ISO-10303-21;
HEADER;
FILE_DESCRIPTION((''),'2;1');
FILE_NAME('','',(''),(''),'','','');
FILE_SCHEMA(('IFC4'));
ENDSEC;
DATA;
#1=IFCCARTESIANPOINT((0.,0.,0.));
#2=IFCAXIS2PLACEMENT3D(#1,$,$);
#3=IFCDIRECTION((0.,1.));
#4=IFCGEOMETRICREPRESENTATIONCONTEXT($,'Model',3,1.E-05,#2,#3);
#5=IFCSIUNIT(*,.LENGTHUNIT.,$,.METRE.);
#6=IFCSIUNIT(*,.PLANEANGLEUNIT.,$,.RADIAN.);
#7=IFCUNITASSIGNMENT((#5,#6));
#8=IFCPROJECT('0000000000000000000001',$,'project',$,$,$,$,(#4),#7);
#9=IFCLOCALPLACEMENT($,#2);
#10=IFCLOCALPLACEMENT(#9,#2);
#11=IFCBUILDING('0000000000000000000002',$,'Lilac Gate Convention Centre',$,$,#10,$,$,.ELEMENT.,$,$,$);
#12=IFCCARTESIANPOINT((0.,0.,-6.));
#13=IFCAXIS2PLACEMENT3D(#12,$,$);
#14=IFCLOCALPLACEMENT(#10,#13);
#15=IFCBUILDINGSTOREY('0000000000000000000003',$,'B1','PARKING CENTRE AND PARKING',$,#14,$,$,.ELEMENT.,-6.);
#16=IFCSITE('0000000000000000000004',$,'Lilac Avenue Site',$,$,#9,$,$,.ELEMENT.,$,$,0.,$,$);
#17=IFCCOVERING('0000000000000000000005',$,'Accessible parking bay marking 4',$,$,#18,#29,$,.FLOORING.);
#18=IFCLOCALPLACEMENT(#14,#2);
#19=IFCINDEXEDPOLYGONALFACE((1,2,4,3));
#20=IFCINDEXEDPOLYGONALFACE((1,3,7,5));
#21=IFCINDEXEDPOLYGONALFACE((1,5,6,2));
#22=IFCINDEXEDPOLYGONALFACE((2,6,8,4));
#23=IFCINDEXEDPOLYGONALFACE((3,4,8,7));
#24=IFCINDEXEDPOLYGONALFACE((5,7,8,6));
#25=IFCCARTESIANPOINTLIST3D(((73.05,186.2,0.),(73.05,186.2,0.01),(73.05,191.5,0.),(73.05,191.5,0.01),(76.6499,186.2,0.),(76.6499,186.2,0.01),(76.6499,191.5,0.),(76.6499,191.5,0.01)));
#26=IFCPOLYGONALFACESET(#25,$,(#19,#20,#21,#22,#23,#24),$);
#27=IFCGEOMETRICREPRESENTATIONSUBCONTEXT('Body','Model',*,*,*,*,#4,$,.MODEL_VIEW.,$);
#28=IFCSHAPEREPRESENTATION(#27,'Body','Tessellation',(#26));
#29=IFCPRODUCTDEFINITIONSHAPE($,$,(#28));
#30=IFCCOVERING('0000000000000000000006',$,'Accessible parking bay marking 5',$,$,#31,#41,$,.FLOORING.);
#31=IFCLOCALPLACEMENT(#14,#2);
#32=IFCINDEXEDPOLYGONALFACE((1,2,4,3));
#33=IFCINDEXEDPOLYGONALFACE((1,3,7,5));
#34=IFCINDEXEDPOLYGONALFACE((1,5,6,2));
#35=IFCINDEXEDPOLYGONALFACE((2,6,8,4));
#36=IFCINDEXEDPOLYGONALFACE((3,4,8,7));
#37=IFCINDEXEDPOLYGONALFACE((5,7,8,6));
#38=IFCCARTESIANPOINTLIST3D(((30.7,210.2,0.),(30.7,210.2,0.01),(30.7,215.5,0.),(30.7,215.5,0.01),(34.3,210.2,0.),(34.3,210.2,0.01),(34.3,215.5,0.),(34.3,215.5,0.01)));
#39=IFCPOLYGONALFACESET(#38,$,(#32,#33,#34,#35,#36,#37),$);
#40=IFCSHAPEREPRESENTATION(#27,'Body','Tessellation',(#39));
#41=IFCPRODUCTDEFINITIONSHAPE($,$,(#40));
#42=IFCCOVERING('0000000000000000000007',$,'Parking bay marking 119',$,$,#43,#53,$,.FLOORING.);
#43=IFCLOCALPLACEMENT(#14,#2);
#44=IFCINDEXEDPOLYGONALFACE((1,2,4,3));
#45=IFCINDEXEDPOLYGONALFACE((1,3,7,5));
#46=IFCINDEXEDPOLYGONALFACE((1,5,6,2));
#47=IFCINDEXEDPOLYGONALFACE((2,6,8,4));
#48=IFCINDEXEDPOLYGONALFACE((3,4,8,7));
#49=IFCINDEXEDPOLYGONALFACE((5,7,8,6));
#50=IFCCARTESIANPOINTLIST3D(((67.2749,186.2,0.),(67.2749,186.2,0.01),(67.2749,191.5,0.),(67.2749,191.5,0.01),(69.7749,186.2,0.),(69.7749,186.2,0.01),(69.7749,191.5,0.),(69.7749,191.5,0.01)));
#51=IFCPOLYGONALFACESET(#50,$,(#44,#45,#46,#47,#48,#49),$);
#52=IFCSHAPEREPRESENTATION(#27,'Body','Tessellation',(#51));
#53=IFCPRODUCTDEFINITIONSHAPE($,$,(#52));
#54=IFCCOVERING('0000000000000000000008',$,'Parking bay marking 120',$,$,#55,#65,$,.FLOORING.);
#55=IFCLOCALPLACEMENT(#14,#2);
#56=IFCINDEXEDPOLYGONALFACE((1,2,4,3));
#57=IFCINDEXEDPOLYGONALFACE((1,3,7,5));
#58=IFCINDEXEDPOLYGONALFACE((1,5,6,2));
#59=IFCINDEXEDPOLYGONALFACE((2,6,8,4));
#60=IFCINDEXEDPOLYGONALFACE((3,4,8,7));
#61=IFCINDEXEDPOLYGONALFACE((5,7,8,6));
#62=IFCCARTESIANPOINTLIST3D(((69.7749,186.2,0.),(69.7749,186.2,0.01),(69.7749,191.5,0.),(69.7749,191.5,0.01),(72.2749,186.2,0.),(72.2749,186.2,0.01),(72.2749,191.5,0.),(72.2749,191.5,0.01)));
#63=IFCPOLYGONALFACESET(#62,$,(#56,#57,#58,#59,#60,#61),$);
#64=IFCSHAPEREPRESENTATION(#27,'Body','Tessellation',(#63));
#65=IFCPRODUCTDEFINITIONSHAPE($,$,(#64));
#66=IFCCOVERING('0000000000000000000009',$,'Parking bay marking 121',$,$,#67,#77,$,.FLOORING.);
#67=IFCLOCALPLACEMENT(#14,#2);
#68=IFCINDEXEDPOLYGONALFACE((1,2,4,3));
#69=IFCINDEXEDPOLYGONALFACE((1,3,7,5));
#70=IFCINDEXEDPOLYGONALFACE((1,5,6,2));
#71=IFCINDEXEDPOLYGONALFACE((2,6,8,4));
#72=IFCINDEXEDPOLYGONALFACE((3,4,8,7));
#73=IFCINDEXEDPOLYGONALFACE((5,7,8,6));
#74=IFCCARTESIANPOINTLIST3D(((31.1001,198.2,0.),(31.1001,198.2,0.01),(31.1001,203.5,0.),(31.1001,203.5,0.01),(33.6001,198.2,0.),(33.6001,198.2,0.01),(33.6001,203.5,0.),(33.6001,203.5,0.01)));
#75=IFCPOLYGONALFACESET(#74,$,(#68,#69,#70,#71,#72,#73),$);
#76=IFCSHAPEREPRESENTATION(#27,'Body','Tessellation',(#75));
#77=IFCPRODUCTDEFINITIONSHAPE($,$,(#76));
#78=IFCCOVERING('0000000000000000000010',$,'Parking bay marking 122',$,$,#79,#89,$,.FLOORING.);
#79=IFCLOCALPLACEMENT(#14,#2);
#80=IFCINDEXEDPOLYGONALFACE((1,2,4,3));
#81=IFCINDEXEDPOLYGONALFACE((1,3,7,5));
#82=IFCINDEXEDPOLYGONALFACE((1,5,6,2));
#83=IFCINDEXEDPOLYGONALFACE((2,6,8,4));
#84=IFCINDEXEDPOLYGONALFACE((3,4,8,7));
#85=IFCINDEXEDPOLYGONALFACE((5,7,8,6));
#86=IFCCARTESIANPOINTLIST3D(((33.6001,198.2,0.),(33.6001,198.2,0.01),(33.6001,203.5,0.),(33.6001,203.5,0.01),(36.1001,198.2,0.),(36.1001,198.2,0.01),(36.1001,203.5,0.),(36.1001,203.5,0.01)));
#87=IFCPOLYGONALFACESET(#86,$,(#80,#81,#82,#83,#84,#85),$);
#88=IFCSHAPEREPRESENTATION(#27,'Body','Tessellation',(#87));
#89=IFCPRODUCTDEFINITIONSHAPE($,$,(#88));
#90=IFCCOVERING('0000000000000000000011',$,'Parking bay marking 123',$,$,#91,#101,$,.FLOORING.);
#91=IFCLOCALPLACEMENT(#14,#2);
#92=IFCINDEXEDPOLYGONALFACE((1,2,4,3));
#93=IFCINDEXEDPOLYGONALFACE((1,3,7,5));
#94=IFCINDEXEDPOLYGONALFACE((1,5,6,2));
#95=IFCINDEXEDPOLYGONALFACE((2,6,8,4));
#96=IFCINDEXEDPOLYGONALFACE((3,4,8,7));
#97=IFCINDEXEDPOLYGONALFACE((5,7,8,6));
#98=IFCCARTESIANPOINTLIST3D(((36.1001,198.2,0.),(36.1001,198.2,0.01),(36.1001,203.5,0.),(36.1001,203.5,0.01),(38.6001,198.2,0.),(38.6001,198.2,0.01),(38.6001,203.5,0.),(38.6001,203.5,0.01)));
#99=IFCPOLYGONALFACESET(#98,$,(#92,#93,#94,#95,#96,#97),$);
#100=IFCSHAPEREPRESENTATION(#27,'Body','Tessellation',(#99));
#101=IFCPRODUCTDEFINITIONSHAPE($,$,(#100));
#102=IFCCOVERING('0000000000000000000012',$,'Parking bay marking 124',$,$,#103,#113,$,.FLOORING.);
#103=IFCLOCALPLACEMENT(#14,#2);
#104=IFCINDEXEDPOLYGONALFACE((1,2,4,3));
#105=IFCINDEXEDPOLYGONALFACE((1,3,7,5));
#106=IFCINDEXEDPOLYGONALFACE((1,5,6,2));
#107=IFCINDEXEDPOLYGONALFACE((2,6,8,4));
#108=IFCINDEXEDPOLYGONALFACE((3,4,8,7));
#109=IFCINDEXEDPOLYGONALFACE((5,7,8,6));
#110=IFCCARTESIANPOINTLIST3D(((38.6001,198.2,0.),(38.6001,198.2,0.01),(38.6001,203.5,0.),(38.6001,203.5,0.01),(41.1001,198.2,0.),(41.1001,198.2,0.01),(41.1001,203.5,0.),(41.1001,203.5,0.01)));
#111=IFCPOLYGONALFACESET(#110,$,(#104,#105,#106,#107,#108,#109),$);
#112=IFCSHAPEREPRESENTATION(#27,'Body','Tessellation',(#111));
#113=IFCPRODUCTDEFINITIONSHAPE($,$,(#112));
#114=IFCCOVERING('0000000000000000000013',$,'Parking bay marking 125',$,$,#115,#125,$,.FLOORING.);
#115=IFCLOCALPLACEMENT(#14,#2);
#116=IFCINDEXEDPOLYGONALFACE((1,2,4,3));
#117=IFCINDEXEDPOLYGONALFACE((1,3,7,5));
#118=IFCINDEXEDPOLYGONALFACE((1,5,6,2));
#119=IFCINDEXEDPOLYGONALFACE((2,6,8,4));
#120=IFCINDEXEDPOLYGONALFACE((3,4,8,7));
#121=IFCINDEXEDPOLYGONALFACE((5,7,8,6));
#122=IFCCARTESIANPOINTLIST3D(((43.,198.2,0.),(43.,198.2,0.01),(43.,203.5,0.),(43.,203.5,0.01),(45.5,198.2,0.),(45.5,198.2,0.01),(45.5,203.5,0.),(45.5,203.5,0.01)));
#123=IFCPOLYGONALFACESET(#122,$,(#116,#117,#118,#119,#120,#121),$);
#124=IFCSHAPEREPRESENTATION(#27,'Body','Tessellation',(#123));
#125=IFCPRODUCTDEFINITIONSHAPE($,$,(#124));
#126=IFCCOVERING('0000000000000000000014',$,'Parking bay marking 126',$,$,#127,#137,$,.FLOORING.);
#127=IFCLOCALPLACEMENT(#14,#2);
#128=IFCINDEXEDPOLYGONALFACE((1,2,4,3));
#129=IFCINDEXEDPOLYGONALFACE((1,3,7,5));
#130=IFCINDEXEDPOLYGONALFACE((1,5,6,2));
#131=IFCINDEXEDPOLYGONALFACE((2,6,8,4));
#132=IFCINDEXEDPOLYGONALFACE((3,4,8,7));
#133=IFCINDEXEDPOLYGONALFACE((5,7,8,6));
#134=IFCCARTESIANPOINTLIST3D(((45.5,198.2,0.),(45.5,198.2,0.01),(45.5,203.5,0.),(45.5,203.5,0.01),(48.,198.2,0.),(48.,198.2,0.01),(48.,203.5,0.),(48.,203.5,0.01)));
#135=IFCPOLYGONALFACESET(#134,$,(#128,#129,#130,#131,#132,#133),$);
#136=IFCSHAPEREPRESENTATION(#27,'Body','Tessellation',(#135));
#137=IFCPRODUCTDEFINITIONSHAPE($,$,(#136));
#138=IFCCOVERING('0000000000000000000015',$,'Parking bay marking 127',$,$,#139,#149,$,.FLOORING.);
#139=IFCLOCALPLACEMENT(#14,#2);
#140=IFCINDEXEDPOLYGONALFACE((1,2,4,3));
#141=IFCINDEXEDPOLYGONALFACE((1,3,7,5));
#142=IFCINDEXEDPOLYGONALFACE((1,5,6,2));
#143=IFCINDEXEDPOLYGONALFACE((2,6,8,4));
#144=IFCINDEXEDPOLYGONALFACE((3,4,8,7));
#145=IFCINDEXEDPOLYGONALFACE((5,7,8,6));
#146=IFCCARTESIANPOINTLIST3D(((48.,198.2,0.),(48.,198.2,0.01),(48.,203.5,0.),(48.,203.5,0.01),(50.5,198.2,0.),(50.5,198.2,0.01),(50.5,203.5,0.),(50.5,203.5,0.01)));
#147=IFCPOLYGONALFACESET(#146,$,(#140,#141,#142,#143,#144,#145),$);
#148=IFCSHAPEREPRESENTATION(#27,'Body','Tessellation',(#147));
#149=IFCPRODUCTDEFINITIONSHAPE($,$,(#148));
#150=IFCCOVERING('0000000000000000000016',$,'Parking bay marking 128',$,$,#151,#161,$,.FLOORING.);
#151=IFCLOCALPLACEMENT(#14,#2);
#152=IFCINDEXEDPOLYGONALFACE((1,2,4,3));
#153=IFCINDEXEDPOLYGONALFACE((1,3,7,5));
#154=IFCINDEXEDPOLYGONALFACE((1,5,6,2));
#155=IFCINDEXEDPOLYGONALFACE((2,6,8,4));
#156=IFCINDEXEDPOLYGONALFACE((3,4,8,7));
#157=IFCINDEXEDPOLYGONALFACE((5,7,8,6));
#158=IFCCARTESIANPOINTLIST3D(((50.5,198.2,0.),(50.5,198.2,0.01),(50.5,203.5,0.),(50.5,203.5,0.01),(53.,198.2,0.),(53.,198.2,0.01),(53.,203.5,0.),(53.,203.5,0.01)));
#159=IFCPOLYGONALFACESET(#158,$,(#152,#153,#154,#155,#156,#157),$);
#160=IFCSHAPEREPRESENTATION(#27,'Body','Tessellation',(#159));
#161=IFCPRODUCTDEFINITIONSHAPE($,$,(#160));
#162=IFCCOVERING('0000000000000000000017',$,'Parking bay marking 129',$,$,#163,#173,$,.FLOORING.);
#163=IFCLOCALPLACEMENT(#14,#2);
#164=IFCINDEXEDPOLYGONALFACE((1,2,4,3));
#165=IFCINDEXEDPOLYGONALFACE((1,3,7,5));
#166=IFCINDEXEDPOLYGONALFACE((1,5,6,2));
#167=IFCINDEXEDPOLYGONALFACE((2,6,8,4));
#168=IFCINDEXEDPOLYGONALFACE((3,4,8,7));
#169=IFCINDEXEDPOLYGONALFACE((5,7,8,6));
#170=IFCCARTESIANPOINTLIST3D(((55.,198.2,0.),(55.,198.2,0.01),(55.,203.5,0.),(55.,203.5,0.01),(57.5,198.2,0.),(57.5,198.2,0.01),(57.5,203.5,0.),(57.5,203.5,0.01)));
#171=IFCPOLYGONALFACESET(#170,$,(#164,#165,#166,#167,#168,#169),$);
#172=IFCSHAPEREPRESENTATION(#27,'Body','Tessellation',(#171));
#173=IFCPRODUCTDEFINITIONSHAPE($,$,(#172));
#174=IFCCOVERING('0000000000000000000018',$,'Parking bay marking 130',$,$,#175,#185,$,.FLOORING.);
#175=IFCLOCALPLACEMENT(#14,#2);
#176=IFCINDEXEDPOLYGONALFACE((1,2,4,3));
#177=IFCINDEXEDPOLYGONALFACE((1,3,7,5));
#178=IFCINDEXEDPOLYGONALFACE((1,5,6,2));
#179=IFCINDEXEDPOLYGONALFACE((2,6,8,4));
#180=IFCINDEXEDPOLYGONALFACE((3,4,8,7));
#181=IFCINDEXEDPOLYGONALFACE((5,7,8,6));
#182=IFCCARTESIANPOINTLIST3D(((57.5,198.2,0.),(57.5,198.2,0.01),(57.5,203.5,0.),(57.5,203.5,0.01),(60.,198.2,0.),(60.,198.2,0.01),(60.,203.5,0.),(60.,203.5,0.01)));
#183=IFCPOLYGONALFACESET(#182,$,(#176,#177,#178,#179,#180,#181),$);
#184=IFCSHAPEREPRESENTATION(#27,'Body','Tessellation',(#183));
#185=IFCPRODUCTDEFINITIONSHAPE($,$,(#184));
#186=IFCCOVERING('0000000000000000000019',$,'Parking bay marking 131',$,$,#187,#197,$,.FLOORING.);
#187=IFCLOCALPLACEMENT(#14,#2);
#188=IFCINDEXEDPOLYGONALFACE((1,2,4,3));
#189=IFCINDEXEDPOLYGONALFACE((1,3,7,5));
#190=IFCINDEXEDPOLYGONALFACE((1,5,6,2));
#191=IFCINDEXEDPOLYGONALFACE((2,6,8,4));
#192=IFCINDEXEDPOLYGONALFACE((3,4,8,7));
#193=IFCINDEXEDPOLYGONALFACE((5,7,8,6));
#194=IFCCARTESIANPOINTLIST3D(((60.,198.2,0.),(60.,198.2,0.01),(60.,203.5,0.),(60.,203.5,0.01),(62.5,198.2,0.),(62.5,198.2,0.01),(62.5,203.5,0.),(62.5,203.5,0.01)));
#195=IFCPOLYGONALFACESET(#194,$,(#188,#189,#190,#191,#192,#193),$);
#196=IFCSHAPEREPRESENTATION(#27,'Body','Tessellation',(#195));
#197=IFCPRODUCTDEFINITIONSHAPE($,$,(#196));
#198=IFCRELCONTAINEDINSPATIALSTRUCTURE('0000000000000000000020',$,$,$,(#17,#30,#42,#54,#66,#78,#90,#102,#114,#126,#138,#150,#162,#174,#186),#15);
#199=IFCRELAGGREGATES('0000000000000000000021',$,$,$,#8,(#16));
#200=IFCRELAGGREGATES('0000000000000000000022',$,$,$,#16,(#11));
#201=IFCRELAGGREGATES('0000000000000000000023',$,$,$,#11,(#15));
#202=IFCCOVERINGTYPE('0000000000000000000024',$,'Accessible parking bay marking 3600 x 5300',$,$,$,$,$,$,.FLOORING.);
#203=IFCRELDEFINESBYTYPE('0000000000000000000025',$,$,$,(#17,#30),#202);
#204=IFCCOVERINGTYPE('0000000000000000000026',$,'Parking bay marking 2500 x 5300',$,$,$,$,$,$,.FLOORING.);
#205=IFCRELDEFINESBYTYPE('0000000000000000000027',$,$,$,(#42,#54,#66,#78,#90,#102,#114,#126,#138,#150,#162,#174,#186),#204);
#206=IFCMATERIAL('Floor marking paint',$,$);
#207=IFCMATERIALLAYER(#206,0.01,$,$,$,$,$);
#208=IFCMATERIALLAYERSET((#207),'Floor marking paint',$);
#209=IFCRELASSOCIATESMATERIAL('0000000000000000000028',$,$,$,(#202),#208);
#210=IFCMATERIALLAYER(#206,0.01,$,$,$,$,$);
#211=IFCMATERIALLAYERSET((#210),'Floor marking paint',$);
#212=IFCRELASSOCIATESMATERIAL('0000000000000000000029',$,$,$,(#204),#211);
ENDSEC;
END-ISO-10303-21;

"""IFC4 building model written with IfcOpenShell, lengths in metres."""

from ifc_helpers import new_model, si_unit, direction, frame, origin, place, context, subcontext, project, spatial, polyline, outline, extrude, material, layer, layer_set, type_object, element, save


model = new_model("IFC4")

# Units and contexts
model_context = context("Model", 3, precision=1e-05, world=origin(), true_north=direction((0.0, 1.0)))
body_context = subcontext(model_context, "Body", "Model", "MODEL_VIEW")
ifc_project = project(units=[si_unit("LENGTHUNIT", "METRE"), si_unit("PLANEANGLEUNIT", "RADIAN")], contexts=[model_context])

# Site, building, storey
site_placement = place(None, origin())
site = spatial("IfcSite", under=ifc_project, at=site_placement, Name="Lilac Avenue Site", CompositionType="ELEMENT", RefElevation=0.0)
building_placement = place(site_placement, origin())
building = spatial("IfcBuilding", under=site, at=building_placement, Name="Lilac Gate Convention Centre", CompositionType="ELEMENT")
storey_placement = place(building_placement, frame((0.0, 0.0, -6.0)))
storey = spatial("IfcBuildingStorey", under=building, at=storey_placement, Name="B1", Description="PARKING CENTRE AND PARKING", CompositionType="ELEMENT", Elevation=-6.0)

# Coverings
ifc_material = material(Name="Floor marking paint")
ifc_layer_1 = layer(ifc_material, 0.01)
ifc_layer_set_1 = layer_set([ifc_layer_1], Name="Floor marking paint")
covering_type_1 = type_object("IfcCoveringType", Name="Accessible parking bay marking 3600 x 5300", PredefinedType="FLOORING", material=ifc_layer_set_1)
covering_1_placement = place(storey_placement, origin())
element("IfcCovering", 1, at=covering_1_placement, inside=storey, type_object=covering_type_1, Name="Accessible parking bay marking 4", PredefinedType="FLOORING", context=body_context, shape_type="SweptSolid", body=[
    extrude(outline(polyline([(73.05, 186.2), (76.6499, 186.2), (76.6499, 191.5), (73.05, 191.5), (73.05, 186.2)])), origin(), (0.0, 0.0, 1.0), 0.01),
])
covering_2_placement = place(storey_placement, origin())
element("IfcCovering", 2, at=covering_2_placement, inside=storey, type_object=covering_type_1, Name="Accessible parking bay marking 5", PredefinedType="FLOORING", context=body_context, shape_type="SweptSolid", body=[
    extrude(outline(polyline([(30.7, 210.2), (34.3, 210.2), (34.3, 215.5), (30.7, 215.5), (30.7, 210.2)])), origin(), (0.0, 0.0, 1.0), 0.01),
])
ifc_layer_2 = layer(ifc_material, 0.01)
ifc_layer_set_2 = layer_set([ifc_layer_2], Name="Floor marking paint")
covering_type_2 = type_object("IfcCoveringType", Name="Parking bay marking 2500 x 5300", PredefinedType="FLOORING", material=ifc_layer_set_2)
covering_3_placement = place(storey_placement, origin())
element("IfcCovering", 3, at=covering_3_placement, inside=storey, type_object=covering_type_2, Name="Parking bay marking 119", PredefinedType="FLOORING", context=body_context, shape_type="SweptSolid", body=[
    extrude(outline(polyline([(67.2749, 186.2), (69.7749, 186.2), (69.7749, 191.5), (67.2749, 191.5), (67.2749, 186.2)])), origin(), (0.0, 0.0, 1.0), 0.01),
])
covering_4_placement = place(storey_placement, origin())
element("IfcCovering", 4, at=covering_4_placement, inside=storey, type_object=covering_type_2, Name="Parking bay marking 120", PredefinedType="FLOORING", context=body_context, shape_type="SweptSolid", body=[
    extrude(outline(polyline([(69.7749, 186.2), (72.2749, 186.2), (72.2749, 191.5), (69.7749, 191.5), (69.7749, 186.2)])), origin(), (0.0, 0.0, 1.0), 0.01),
])
covering_5_placement = place(storey_placement, origin())
element("IfcCovering", 5, at=covering_5_placement, inside=storey, type_object=covering_type_2, Name="Parking bay marking 121", PredefinedType="FLOORING", context=body_context, shape_type="SweptSolid", body=[
    extrude(outline(polyline([(31.1001, 198.2), (33.6001, 198.2), (33.6001, 203.5), (31.1001, 203.5), (31.1001, 198.2)])), origin(), (0.0, 0.0, 1.0), 0.01),
])
covering_6_placement = place(storey_placement, origin())
element("IfcCovering", 6, at=covering_6_placement, inside=storey, type_object=covering_type_2, Name="Parking bay marking 122", PredefinedType="FLOORING", context=body_context, shape_type="SweptSolid", body=[
    extrude(outline(polyline([(33.6001, 198.2), (36.1001, 198.2), (36.1001, 203.5), (33.6001, 203.5), (33.6001, 198.2)])), origin(), (0.0, 0.0, 1.0), 0.01),
])
covering_7_placement = place(storey_placement, origin())
element("IfcCovering", 7, at=covering_7_placement, inside=storey, type_object=covering_type_2, Name="Parking bay marking 123", PredefinedType="FLOORING", context=body_context, shape_type="SweptSolid", body=[
    extrude(outline(polyline([(36.1001, 198.2), (38.6001, 198.2), (38.6001, 203.5), (36.1001, 203.5), (36.1001, 198.2)])), origin(), (0.0, 0.0, 1.0), 0.01),
])
covering_8_placement = place(storey_placement, origin())
element("IfcCovering", 8, at=covering_8_placement, inside=storey, type_object=covering_type_2, Name="Parking bay marking 124", PredefinedType="FLOORING", context=body_context, shape_type="SweptSolid", body=[
    extrude(outline(polyline([(38.6001, 198.2), (41.1001, 198.2), (41.1001, 203.5), (38.6001, 203.5), (38.6001, 198.2)])), origin(), (0.0, 0.0, 1.0), 0.01),
])
covering_9_placement = place(storey_placement, origin())
element("IfcCovering", 9, at=covering_9_placement, inside=storey, type_object=covering_type_2, Name="Parking bay marking 125", PredefinedType="FLOORING", context=body_context, shape_type="SweptSolid", body=[
    extrude(outline(polyline([(43.0, 198.2), (45.5, 198.2), (45.5, 203.5), (43.0, 203.5), (43.0, 198.2)])), origin(), (0.0, 0.0, 1.0), 0.01),
])
covering_10_placement = place(storey_placement, origin())
element("IfcCovering", 10, at=covering_10_placement, inside=storey, type_object=covering_type_2, Name="Parking bay marking 126", PredefinedType="FLOORING", context=body_context, shape_type="SweptSolid", body=[
    extrude(outline(polyline([(45.5, 198.2), (48.0, 198.2), (48.0, 203.5), (45.5, 203.5), (45.5, 198.2)])), origin(), (0.0, 0.0, 1.0), 0.01),
])
covering_11_placement = place(storey_placement, origin())
element("IfcCovering", 11, at=covering_11_placement, inside=storey, type_object=covering_type_2, Name="Parking bay marking 127", PredefinedType="FLOORING", context=body_context, shape_type="SweptSolid", body=[
    extrude(outline(polyline([(48.0, 198.2), (50.5, 198.2), (50.5, 203.5), (48.0, 203.5), (48.0, 198.2)])), origin(), (0.0, 0.0, 1.0), 0.01),
])
covering_12_placement = place(storey_placement, origin())
element("IfcCovering", 12, at=covering_12_placement, inside=storey, type_object=covering_type_2, Name="Parking bay marking 128", PredefinedType="FLOORING", context=body_context, shape_type="SweptSolid", body=[
    extrude(outline(polyline([(50.5, 198.2), (53.0, 198.2), (53.0, 203.5), (50.5, 203.5), (50.5, 198.2)])), origin(), (0.0, 0.0, 1.0), 0.01),
])
covering_13_placement = place(storey_placement, origin())
element("IfcCovering", 13, at=covering_13_placement, inside=storey, type_object=covering_type_2, Name="Parking bay marking 129", PredefinedType="FLOORING", context=body_context, shape_type="SweptSolid", body=[
    extrude(outline(polyline([(55.0, 198.2), (57.5, 198.2), (57.5, 203.5), (55.0, 203.5), (55.0, 198.2)])), origin(), (0.0, 0.0, 1.0), 0.01),
])
covering_14_placement = place(storey_placement, origin())
element("IfcCovering", 14, at=covering_14_placement, inside=storey, type_object=covering_type_2, Name="Parking bay marking 130", PredefinedType="FLOORING", context=body_context, shape_type="SweptSolid", body=[
    extrude(outline(polyline([(57.5, 198.2), (60.0, 198.2), (60.0, 203.5), (57.5, 203.5), (57.5, 198.2)])), origin(), (0.0, 0.0, 1.0), 0.01),
])
covering_15_placement = place(storey_placement, origin())
element("IfcCovering", 15, at=covering_15_placement, inside=storey, type_object=covering_type_2, Name="Parking bay marking 131", PredefinedType="FLOORING", context=body_context, shape_type="SweptSolid", body=[
    extrude(outline(polyline([(60.0, 198.2), (62.5, 198.2), (62.5, 203.5), (60.0, 203.5), (60.0, 198.2)])), origin(), (0.0, 0.0, 1.0), 0.01),
])

save(model, "model.ifc")
